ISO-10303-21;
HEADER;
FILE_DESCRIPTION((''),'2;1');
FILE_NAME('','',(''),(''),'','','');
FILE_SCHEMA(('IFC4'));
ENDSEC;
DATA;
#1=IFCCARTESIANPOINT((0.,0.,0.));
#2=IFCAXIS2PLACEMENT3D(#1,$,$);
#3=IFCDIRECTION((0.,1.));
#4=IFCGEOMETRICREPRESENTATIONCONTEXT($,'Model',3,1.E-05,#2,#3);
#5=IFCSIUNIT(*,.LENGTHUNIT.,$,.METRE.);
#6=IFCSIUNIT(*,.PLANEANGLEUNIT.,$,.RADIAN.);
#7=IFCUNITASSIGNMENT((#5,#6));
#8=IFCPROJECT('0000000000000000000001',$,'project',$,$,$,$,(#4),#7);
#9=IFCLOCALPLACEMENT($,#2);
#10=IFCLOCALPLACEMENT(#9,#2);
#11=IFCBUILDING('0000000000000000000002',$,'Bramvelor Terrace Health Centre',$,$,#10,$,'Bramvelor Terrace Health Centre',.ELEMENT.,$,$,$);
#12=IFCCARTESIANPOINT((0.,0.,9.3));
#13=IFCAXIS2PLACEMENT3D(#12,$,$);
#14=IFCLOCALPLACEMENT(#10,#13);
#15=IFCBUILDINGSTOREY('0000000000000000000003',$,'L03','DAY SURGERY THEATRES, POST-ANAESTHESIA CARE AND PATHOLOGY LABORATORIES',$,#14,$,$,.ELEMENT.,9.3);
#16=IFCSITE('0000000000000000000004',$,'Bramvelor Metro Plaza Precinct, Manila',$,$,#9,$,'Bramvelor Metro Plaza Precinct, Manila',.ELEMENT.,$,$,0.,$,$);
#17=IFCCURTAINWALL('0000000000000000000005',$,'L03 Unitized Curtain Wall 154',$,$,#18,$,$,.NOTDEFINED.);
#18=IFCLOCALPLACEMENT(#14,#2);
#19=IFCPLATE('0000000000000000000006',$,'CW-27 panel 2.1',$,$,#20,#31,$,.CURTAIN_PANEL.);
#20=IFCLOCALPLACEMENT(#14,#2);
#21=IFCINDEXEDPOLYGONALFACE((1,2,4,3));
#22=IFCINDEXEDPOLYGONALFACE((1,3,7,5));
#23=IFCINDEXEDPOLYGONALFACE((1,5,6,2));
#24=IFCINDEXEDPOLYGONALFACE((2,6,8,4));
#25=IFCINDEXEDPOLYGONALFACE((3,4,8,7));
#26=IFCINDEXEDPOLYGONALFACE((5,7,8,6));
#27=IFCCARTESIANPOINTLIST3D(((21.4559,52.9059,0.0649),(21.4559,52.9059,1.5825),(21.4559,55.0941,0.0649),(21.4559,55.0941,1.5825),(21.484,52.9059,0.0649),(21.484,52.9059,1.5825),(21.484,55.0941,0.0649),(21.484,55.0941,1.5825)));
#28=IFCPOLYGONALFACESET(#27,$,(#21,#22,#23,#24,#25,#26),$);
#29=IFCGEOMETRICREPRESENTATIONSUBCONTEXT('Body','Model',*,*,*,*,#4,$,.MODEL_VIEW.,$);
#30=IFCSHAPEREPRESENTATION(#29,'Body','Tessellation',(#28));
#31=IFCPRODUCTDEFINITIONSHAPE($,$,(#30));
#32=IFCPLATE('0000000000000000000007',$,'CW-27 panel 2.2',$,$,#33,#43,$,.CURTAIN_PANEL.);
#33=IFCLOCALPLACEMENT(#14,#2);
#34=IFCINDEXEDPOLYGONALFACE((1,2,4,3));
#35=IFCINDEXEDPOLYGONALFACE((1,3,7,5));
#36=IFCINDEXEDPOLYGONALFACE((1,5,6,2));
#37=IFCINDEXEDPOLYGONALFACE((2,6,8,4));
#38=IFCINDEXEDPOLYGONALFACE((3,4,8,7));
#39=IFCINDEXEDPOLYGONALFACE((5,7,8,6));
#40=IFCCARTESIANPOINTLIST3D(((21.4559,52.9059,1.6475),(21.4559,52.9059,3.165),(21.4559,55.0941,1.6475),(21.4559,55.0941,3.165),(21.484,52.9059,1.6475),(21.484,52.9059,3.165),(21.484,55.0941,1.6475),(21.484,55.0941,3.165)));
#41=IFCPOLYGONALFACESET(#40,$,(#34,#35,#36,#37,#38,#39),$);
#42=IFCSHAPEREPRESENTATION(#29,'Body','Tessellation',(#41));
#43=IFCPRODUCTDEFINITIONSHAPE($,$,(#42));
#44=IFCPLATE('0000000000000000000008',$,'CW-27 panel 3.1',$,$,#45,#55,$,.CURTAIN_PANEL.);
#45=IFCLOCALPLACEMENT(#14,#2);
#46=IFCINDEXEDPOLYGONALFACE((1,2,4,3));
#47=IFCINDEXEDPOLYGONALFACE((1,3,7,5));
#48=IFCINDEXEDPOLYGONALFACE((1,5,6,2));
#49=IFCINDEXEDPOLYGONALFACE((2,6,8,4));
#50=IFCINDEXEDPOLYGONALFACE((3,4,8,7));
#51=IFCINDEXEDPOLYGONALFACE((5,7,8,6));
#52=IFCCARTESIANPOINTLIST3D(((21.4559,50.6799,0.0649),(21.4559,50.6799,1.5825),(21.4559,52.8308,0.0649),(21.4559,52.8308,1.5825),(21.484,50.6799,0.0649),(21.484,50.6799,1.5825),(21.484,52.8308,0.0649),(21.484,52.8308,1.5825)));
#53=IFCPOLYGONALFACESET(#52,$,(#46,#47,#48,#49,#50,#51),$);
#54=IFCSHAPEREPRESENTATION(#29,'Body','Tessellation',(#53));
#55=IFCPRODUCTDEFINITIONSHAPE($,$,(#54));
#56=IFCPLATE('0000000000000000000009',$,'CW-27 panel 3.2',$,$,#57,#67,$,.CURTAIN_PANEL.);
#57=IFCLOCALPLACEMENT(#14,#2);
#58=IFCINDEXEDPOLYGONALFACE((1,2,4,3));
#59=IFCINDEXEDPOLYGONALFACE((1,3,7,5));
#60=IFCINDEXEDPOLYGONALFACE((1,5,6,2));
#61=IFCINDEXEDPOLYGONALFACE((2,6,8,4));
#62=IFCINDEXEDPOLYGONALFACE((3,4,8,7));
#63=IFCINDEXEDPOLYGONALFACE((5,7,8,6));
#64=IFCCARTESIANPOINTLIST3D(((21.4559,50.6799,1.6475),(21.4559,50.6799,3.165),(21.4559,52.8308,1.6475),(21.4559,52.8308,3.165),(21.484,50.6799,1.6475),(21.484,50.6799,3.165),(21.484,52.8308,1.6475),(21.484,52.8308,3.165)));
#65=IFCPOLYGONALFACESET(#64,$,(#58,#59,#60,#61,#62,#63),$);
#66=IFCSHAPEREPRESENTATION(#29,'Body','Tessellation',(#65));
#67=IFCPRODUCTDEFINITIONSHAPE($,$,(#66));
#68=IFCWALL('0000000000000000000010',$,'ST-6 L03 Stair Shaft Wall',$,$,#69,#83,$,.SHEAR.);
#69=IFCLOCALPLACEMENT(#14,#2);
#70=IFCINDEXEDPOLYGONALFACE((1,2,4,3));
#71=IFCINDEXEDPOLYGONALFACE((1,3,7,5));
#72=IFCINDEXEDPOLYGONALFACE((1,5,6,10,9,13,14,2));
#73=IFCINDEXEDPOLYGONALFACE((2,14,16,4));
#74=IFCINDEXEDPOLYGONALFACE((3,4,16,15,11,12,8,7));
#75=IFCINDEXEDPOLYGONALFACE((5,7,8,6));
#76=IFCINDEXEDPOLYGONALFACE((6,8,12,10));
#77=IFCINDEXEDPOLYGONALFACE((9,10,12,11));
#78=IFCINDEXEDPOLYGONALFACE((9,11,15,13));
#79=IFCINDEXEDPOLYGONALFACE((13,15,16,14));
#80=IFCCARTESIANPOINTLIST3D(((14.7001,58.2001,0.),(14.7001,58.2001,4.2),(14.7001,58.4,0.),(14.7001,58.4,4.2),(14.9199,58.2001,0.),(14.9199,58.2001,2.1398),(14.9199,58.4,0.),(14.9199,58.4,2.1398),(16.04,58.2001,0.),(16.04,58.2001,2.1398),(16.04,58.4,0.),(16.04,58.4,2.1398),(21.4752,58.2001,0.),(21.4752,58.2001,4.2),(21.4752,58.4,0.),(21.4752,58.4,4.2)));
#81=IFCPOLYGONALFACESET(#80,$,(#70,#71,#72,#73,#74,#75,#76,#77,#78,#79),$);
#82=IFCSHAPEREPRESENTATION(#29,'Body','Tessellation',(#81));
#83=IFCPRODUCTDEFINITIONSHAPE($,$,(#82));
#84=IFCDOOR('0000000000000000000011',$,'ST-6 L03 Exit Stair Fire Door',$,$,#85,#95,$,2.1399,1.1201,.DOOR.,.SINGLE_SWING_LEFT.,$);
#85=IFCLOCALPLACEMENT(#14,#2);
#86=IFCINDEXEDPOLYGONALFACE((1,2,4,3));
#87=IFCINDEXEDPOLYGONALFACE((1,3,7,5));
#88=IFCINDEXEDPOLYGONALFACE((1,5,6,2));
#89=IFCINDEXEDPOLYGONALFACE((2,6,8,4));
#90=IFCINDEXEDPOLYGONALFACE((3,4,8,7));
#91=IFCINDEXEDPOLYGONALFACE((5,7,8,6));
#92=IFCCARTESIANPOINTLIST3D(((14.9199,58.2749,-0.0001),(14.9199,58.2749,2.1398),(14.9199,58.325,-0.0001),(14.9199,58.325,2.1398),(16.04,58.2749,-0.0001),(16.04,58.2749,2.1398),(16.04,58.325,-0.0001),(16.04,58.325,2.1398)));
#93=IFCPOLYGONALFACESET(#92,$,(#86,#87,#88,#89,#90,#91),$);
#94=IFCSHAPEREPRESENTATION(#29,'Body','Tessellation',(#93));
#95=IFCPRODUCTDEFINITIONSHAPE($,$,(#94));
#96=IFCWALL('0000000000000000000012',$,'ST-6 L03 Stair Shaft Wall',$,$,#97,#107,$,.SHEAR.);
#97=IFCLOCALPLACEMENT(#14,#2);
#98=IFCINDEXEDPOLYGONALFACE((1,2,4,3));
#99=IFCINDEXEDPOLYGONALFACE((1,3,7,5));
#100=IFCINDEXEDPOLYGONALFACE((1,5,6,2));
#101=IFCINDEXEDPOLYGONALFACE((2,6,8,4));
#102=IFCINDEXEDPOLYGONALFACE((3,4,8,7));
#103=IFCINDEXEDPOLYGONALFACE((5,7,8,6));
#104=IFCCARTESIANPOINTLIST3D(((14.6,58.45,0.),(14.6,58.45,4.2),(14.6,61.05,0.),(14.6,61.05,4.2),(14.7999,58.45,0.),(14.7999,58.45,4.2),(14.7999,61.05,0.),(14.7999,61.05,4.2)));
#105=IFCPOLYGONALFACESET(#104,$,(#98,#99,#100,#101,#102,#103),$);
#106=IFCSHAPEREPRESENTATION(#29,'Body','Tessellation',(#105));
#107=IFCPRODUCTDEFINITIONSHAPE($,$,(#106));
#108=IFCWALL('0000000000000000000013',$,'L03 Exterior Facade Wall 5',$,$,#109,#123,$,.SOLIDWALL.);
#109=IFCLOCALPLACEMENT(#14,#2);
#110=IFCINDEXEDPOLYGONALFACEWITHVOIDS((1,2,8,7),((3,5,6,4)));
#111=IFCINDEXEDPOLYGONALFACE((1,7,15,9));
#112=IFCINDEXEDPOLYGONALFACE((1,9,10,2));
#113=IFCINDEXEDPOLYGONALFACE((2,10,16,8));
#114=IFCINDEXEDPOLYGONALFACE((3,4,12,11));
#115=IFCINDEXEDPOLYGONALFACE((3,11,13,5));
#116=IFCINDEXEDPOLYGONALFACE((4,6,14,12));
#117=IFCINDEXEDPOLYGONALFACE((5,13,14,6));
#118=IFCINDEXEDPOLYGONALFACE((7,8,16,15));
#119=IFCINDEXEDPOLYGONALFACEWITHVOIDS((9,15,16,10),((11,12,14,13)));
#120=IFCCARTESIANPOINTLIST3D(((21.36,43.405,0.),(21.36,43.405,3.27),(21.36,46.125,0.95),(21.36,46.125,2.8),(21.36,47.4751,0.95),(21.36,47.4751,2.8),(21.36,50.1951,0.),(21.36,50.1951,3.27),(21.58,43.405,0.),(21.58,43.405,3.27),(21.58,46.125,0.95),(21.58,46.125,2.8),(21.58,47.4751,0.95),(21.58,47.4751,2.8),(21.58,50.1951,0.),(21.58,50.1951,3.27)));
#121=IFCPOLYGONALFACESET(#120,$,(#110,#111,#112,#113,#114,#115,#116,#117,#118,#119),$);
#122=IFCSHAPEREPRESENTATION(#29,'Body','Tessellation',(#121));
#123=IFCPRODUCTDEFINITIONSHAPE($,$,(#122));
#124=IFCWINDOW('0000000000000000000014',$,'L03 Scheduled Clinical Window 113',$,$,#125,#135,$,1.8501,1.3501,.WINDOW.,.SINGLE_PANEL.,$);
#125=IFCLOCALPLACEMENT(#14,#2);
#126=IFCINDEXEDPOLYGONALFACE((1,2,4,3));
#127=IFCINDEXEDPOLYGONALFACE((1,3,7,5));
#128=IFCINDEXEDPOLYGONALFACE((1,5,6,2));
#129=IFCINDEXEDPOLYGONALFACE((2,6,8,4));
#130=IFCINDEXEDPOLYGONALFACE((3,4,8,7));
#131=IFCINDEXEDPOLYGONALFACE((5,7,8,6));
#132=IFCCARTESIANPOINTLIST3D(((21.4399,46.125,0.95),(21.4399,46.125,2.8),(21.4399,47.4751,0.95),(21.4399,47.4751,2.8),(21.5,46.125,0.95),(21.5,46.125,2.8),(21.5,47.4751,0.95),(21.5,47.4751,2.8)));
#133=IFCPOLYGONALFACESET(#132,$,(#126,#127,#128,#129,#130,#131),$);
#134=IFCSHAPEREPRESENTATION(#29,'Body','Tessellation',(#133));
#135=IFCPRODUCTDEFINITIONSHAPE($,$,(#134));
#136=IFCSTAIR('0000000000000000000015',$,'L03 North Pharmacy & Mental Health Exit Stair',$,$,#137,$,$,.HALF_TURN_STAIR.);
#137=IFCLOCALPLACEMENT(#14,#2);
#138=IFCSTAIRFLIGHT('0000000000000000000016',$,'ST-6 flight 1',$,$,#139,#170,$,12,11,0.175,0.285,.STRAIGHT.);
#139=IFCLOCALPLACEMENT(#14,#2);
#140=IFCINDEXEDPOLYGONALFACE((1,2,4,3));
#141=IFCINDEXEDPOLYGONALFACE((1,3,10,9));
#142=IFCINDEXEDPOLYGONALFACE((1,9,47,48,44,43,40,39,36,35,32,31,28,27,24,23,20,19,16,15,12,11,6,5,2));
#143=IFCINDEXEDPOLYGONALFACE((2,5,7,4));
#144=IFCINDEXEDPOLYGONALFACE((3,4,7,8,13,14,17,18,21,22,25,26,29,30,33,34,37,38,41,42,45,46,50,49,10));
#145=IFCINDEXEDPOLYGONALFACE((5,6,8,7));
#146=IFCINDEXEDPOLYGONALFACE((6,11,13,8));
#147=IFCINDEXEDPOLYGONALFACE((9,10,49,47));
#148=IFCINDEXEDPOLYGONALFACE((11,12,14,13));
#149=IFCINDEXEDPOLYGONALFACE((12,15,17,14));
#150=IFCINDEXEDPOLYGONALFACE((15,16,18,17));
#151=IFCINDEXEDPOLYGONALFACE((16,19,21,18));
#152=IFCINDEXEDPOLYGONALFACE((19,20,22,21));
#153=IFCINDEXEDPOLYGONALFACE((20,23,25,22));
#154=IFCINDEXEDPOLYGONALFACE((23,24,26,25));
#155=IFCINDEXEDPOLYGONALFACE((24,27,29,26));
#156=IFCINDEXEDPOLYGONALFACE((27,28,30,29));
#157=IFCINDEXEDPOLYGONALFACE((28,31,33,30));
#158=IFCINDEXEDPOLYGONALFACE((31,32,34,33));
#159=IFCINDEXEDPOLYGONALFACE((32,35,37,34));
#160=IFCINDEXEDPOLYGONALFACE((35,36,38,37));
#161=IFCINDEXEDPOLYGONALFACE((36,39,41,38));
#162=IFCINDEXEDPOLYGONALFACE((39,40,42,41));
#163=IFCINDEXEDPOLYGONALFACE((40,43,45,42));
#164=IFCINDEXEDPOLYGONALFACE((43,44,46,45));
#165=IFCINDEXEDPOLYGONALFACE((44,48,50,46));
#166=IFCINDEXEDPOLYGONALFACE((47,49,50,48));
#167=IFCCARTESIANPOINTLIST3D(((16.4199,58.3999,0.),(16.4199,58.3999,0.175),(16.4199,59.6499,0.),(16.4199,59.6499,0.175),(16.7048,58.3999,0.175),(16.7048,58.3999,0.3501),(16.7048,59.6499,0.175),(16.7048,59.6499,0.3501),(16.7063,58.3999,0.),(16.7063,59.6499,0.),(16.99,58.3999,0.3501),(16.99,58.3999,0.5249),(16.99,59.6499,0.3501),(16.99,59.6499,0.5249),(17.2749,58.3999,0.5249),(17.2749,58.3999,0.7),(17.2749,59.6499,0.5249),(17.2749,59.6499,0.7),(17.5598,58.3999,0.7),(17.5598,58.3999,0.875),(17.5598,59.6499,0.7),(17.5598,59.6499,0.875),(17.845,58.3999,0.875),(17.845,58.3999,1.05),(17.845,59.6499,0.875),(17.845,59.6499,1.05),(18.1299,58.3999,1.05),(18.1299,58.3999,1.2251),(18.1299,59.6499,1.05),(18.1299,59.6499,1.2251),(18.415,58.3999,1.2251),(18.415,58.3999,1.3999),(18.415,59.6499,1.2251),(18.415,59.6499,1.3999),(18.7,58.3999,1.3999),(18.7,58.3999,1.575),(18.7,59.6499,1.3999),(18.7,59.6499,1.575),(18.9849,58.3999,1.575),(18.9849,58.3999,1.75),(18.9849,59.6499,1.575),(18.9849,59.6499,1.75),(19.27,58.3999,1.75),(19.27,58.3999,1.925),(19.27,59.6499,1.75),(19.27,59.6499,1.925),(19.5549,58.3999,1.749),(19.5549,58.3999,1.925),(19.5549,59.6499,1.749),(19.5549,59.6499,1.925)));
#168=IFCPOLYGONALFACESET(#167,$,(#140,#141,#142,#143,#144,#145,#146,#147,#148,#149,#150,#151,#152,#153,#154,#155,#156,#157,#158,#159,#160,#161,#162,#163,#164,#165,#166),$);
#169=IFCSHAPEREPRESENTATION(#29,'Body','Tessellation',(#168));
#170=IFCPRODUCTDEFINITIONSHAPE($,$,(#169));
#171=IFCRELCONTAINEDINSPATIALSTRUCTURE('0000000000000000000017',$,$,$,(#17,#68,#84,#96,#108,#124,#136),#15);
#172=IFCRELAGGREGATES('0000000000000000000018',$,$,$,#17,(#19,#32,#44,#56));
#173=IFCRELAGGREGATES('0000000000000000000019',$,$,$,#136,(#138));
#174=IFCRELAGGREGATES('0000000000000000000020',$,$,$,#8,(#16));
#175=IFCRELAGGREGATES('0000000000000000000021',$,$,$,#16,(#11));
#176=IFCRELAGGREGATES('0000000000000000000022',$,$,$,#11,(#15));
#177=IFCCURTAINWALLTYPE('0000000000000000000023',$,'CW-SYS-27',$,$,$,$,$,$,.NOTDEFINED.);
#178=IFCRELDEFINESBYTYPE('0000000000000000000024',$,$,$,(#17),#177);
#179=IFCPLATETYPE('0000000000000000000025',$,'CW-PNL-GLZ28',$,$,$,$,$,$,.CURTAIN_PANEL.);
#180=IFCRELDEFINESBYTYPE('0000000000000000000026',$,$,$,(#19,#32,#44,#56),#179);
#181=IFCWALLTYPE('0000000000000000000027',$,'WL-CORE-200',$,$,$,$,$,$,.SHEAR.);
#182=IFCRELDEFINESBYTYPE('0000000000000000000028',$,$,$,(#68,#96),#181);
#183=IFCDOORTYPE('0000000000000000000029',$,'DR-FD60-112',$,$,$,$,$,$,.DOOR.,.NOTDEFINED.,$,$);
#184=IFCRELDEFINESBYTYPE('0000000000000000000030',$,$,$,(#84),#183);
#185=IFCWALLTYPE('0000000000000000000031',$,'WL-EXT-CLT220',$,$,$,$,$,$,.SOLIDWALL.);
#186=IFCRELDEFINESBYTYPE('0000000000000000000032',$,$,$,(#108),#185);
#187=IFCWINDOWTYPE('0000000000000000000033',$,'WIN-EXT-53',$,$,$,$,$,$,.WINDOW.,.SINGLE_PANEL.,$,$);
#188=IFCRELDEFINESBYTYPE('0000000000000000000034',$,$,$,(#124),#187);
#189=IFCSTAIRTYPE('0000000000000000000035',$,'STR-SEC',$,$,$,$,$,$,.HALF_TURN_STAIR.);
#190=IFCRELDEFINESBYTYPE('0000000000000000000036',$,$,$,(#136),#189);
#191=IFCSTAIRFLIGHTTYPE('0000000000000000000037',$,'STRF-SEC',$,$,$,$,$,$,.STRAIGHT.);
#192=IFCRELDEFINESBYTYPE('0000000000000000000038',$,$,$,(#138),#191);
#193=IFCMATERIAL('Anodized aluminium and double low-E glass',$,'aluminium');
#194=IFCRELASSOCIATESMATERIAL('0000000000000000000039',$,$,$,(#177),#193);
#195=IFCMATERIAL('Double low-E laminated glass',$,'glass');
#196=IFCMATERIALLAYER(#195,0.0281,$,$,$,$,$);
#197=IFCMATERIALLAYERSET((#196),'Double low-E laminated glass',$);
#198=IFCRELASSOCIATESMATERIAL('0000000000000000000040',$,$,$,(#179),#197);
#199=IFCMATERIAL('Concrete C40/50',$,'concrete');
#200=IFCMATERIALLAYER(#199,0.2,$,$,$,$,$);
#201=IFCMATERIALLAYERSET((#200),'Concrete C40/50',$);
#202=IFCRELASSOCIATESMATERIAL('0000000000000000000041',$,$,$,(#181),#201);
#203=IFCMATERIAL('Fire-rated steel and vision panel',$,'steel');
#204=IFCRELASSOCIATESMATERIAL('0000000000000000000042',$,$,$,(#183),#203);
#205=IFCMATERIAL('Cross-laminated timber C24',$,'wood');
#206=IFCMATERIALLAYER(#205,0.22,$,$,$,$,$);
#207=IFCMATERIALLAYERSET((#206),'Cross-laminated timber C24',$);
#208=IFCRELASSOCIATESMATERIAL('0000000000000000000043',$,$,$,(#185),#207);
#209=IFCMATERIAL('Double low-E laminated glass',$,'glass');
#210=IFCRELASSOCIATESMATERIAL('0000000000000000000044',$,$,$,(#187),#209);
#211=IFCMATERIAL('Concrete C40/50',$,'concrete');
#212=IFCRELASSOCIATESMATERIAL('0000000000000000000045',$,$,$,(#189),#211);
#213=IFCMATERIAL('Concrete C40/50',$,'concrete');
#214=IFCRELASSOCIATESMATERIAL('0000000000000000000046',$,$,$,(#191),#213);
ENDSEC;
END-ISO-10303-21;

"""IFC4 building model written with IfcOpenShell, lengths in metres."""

from ifc_helpers import new_model, si_unit, direction, frame, frame_2d, origin, origin_2d, place, context, subcontext, project, spatial, polyline, rectangle, outline, extrude, material, layer, layer_set, type_object, element, fill, aggregate, save


model = new_model("IFC4")

# Units and contexts
model_context = context("Model", 3, precision=1e-05, world=origin(), true_north=direction((0.0, 1.0)))
body_context = subcontext(model_context, "Body", "Model", "MODEL_VIEW")
ifc_project = project(units=[si_unit("LENGTHUNIT", "METRE"), si_unit("PLANEANGLEUNIT", "RADIAN")], contexts=[model_context])

# Site, building, storey
site_placement = place(None, origin())
site = spatial("IfcSite", under=ifc_project, at=site_placement, Name="Bramvelor Metro Plaza Precinct, Manila", LongName="Bramvelor Metro Plaza Precinct, Manila", CompositionType="ELEMENT", RefElevation=0.0)
building_placement = place(site_placement, origin())
building = spatial("IfcBuilding", under=site, at=building_placement, Name="Bramvelor Terrace Health Centre", LongName="Bramvelor Terrace Health Centre", CompositionType="ELEMENT")
storey_placement = place(building_placement, frame((0.0, 0.0, 9.3)))
storey = spatial("IfcBuildingStorey", under=building, at=storey_placement, Name="L03", Description="DAY SURGERY THEATRES, POST-ANAESTHESIA CARE AND PATHOLOGY LABORATORIES", CompositionType="ELEMENT", Elevation=9.3)

# Curtain wall, plates
ifc_material_1 = material(Name="Anodized aluminium and double low-E glass", Category="aluminium")
curtain_wall_type = type_object("IfcCurtainWallType", Name="CW-SYS-27", PredefinedType="NOTDEFINED", material=ifc_material_1)
curtain_wall_placement = place(storey_placement, origin())
curtain_wall = element("IfcCurtainWall", 1, at=curtain_wall_placement, inside=storey, type_object=curtain_wall_type, Name="L03 Unitized Curtain Wall 154", PredefinedType="NOTDEFINED")
ifc_material_2 = material(Name="Double low-E laminated glass", Category="glass")
ifc_layer_1 = layer(ifc_material_2, 0.0281)
ifc_layer_set_1 = layer_set([ifc_layer_1], Name="Double low-E laminated glass")
plate_type = type_object("IfcPlateType", Name="CW-PNL-GLZ28", PredefinedType="CURTAIN_PANEL", material=ifc_layer_set_1)
plate_1_placement = place(storey_placement, frame((21.47, 54.0, 0.0649), z_axis=(0.0, 0.0, 1.0), x_axis=(0.0, -1.0, 0.0)))
plate_1 = element("IfcPlate", 2, at=plate_1_placement, type_object=plate_type, Name="CW-27 panel 2.1", PredefinedType="CURTAIN_PANEL", context=body_context, shape_type="SweptSolid", body=[
    extrude(rectangle(XDim=2.1882, YDim=0.0281, at=origin_2d()), origin(), (0.0, 0.0, 1.0), 1.5176),
])
plate_2_placement = place(storey_placement, frame((21.47, 54.0, 1.6475), z_axis=(0.0, 0.0, 1.0), x_axis=(0.0, -1.0, 0.0)))
plate_2 = element("IfcPlate", 3, at=plate_2_placement, type_object=plate_type, Name="CW-27 panel 2.2", PredefinedType="CURTAIN_PANEL", context=body_context, shape_type="SweptSolid", body=[
    extrude(rectangle(XDim=2.1882, YDim=0.0281, at=origin_2d()), origin(), (0.0, 0.0, 1.0), 1.5176),
])
plate_3_placement = place(storey_placement, frame((21.47, 51.7554, 0.0649), z_axis=(0.0, 0.0, 1.0), x_axis=(0.0, -1.0, 0.0)))
plate_3 = element("IfcPlate", 4, at=plate_3_placement, type_object=plate_type, Name="CW-27 panel 3.1", PredefinedType="CURTAIN_PANEL", context=body_context, shape_type="SweptSolid", body=[
    extrude(rectangle(XDim=2.1509, YDim=0.0281, at=origin_2d()), origin(), (0.0, 0.0, 1.0), 1.5176),
])
plate_4_placement = place(storey_placement, frame((21.47, 51.7554, 1.6475), z_axis=(0.0, 0.0, 1.0), x_axis=(0.0, -1.0, 0.0)))
plate_4 = element("IfcPlate", 5, at=plate_4_placement, type_object=plate_type, Name="CW-27 panel 3.2", PredefinedType="CURTAIN_PANEL", context=body_context, shape_type="SweptSolid", body=[
    extrude(rectangle(XDim=2.1509, YDim=0.0281, at=origin_2d()), origin(), (0.0, 0.0, 1.0), 1.5176),
])
aggregate(curtain_wall, [plate_1, plate_2, plate_3, plate_4])

# Wall, opening, door
ifc_material_3 = material(Name="Concrete C40/50", Category="concrete")
ifc_layer_2 = layer(ifc_material_3, 0.2)
ifc_layer_set_2 = layer_set([ifc_layer_2], Name="Concrete C40/50")
wall_type_1 = type_object("IfcWallType", Name="WL-CORE-200", PredefinedType="SHEAR", material=ifc_layer_set_2)
wall_1_placement = place(storey_placement, frame((14.7, 58.3, 0.0), z_axis=(0.0, 0.0, 1.0), x_axis=(1.0, 0.0, 0.0)))
wall_1 = element("IfcWall", 6, at=wall_1_placement, inside=storey, type_object=wall_type_1, Name="ST-6 L03 Stair Shaft Wall", PredefinedType="SHEAR", context=body_context, shape_type="SweptSolid", body=[
    extrude(rectangle(XDim=6.7751, YDim=0.2, at=frame_2d((3.3877, 0.0))), origin(), (0.0, 0.0, 1.0), 4.2),
])
opening_1_placement = place(wall_1_placement, frame((0.22, 0.0, 0.0)))
opening_1 = element("IfcOpeningElement", 7, at=opening_1_placement, cuts=wall_1, PredefinedType="OPENING", context=body_context, shape_type="SweptSolid", body=[
    extrude(rectangle(XDim=1.1201, YDim=2.1399, at=frame_2d((0.5601, 1.0698))), frame((0.0, 0.1099, 0.0), z_axis=(0.0, -1.0, 0.0), x_axis=(1.0, 0.0, 0.0)), (0.0, 0.0, 1.0), 0.22),
])
ifc_material_4 = material(Name="Fire-rated steel and vision panel", Category="steel")
door_type = type_object("IfcDoorType", Name="DR-FD60-112", OperationType="NOTDEFINED", PredefinedType="DOOR", material=ifc_material_4)
door_placement = place(opening_1_placement, origin())
door = element("IfcDoor", 8, at=door_placement, inside=storey, type_object=door_type, Name="ST-6 L03 Exit Stair Fire Door", OperationType="SINGLE_SWING_LEFT", OverallHeight=2.1399, OverallWidth=1.1201, PredefinedType="DOOR", context=body_context, shape_type="SweptSolid", body=[
    extrude(rectangle(XDim=1.1201, YDim=2.1399, at=frame_2d((0.5601, 1.0698))), frame((0.0, 0.0249, 0.0), z_axis=(0.0, -1.0, 0.0), x_axis=(1.0, 0.0, 0.0)), (0.0, 0.0, 1.0), 0.05),
])
fill(opening_1, door)

# Wall
wall_2_placement = place(storey_placement, frame((14.7, 58.45, 0.0), z_axis=(0.0, 0.0, 1.0), x_axis=(0.0, 1.0, 0.0)))
element("IfcWall", 9, at=wall_2_placement, inside=storey, type_object=wall_type_1, Name="ST-6 L03 Stair Shaft Wall", PredefinedType="SHEAR", context=body_context, shape_type="SweptSolid", body=[
    extrude(rectangle(XDim=2.6001, YDim=0.2, at=frame_2d((1.3, 0.0))), origin(), (0.0, 0.0, 1.0), 4.2),
])

# Wall, opening, window
ifc_material_5 = material(Name="Cross-laminated timber C24", Category="wood")
ifc_layer_3 = layer(ifc_material_5, 0.22)
ifc_layer_set_3 = layer_set([ifc_layer_3], Name="Cross-laminated timber C24")
wall_type_2 = type_object("IfcWallType", Name="WL-EXT-CLT220", PredefinedType="SOLIDWALL", material=ifc_layer_set_3)
wall_3_placement = place(storey_placement, frame((21.47, 50.1951, 0.0), z_axis=(0.0, 0.0, 1.0), x_axis=(0.0, -1.0, 0.0)))
wall_3 = element("IfcWall", 10, at=wall_3_placement, inside=storey, type_object=wall_type_2, Name="L03 Exterior Facade Wall 5", PredefinedType="SOLIDWALL", context=body_context, shape_type="SweptSolid", body=[
    extrude(rectangle(XDim=6.79, YDim=0.22, at=frame_2d((3.395, 0.0))), origin(), (0.0, 0.0, 1.0), 3.27),
])
opening_2_placement = place(wall_3_placement, frame((2.72, 0.0, 0.95)))
opening_2 = element("IfcOpeningElement", 11, at=opening_2_placement, cuts=wall_3, PredefinedType="OPENING", context=body_context, shape_type="SweptSolid", body=[
    extrude(rectangle(XDim=1.3501, YDim=1.8501, at=frame_2d((0.675, 0.925))), frame((0.0, 0.1199, 0.0), z_axis=(0.0, -1.0, 0.0), x_axis=(1.0, 0.0, 0.0)), (0.0, 0.0, 1.0), 0.24),
])
ifc_material_6 = material(Name="Double low-E laminated glass", Category="glass")
window_type = type_object("IfcWindowType", Name="WIN-EXT-53", PartitioningType="SINGLE_PANEL", PredefinedType="WINDOW", material=ifc_material_6)
window_placement = place(opening_2_placement, origin())
window = element("IfcWindow", 12, at=window_placement, inside=storey, type_object=window_type, Name="L03 Scheduled Clinical Window 113", OverallHeight=1.8501, OverallWidth=1.3501, PartitioningType="SINGLE_PANEL", PredefinedType="WINDOW", context=body_context, shape_type="SweptSolid", body=[
    extrude(rectangle(XDim=1.3501, YDim=1.8501, at=frame_2d((0.675, 0.925))), frame((0.0, 0.03, 0.0), z_axis=(0.0, -1.0, 0.0), x_axis=(1.0, 0.0, 0.0)), (0.0, 0.0, 1.0), 0.0601),
])
fill(opening_2, window)

# Stair, stair flight
ifc_material_7 = material(Name="Concrete C40/50", Category="concrete")
stair_type = type_object("IfcStairType", Name="STR-SEC", PredefinedType="HALF_TURN_STAIR", material=ifc_material_7)
stair_placement = place(storey_placement, origin())
stair = element("IfcStair", 13, at=stair_placement, inside=storey, type_object=stair_type, Name="L03 North Pharmacy & Mental Health Exit Stair", PredefinedType="HALF_TURN_STAIR")
ifc_material_8 = material(Name="Concrete C40/50", Category="concrete")
stair_flight_type = type_object("IfcStairFlightType", Name="STRF-SEC", PredefinedType="STRAIGHT", material=ifc_material_8)
stair_flight_placement = place(storey_placement, frame((16.4199, 59.0249, 0.0), z_axis=(0.0, 0.0, 1.0), x_axis=(1.0, 0.0, 0.0)))
stair_flight = element("IfcStairFlight", 14, at=stair_flight_placement, type_object=stair_flight_type, Name="ST-6 flight 1", NumberOfRisers=12, NumberOfTreads=11, PredefinedType="STRAIGHT", RiserHeight=0.175, TreadLength=0.285, context=body_context, shape_type="SweptSolid", body=[
    extrude(outline(polyline([(0.0, 0.0), (0.0, 0.175), (0.2849, 0.175), (0.2849, 0.3501), (0.5701, 0.3501), (0.5701, 0.5249), (0.855, 0.5249), (0.855, 0.7), (1.1399, 0.7), (1.1399, 0.875), (1.425, 0.875), (1.425, 1.05), (1.71, 1.05), (1.71, 1.2251), (1.9951, 1.2251), (1.9951, 1.3999), (2.28, 1.3999), (2.28, 1.575), (2.5649, 1.575), (2.5649, 1.75), (2.8501, 1.75), (2.8501, 1.925), (3.135, 1.925), (3.135, 2.1001), (3.135, 1.749), (0.2864, 0.0), (0.0, 0.0)])), frame((0.0, 0.625, 0.0), z_axis=(0.0, -1.0, 0.0), x_axis=(1.0, 0.0, 0.0)), (0.0, 0.0, 1.0), 1.25),
])
aggregate(stair, [stair_flight])

save(model, "model.ifc")
